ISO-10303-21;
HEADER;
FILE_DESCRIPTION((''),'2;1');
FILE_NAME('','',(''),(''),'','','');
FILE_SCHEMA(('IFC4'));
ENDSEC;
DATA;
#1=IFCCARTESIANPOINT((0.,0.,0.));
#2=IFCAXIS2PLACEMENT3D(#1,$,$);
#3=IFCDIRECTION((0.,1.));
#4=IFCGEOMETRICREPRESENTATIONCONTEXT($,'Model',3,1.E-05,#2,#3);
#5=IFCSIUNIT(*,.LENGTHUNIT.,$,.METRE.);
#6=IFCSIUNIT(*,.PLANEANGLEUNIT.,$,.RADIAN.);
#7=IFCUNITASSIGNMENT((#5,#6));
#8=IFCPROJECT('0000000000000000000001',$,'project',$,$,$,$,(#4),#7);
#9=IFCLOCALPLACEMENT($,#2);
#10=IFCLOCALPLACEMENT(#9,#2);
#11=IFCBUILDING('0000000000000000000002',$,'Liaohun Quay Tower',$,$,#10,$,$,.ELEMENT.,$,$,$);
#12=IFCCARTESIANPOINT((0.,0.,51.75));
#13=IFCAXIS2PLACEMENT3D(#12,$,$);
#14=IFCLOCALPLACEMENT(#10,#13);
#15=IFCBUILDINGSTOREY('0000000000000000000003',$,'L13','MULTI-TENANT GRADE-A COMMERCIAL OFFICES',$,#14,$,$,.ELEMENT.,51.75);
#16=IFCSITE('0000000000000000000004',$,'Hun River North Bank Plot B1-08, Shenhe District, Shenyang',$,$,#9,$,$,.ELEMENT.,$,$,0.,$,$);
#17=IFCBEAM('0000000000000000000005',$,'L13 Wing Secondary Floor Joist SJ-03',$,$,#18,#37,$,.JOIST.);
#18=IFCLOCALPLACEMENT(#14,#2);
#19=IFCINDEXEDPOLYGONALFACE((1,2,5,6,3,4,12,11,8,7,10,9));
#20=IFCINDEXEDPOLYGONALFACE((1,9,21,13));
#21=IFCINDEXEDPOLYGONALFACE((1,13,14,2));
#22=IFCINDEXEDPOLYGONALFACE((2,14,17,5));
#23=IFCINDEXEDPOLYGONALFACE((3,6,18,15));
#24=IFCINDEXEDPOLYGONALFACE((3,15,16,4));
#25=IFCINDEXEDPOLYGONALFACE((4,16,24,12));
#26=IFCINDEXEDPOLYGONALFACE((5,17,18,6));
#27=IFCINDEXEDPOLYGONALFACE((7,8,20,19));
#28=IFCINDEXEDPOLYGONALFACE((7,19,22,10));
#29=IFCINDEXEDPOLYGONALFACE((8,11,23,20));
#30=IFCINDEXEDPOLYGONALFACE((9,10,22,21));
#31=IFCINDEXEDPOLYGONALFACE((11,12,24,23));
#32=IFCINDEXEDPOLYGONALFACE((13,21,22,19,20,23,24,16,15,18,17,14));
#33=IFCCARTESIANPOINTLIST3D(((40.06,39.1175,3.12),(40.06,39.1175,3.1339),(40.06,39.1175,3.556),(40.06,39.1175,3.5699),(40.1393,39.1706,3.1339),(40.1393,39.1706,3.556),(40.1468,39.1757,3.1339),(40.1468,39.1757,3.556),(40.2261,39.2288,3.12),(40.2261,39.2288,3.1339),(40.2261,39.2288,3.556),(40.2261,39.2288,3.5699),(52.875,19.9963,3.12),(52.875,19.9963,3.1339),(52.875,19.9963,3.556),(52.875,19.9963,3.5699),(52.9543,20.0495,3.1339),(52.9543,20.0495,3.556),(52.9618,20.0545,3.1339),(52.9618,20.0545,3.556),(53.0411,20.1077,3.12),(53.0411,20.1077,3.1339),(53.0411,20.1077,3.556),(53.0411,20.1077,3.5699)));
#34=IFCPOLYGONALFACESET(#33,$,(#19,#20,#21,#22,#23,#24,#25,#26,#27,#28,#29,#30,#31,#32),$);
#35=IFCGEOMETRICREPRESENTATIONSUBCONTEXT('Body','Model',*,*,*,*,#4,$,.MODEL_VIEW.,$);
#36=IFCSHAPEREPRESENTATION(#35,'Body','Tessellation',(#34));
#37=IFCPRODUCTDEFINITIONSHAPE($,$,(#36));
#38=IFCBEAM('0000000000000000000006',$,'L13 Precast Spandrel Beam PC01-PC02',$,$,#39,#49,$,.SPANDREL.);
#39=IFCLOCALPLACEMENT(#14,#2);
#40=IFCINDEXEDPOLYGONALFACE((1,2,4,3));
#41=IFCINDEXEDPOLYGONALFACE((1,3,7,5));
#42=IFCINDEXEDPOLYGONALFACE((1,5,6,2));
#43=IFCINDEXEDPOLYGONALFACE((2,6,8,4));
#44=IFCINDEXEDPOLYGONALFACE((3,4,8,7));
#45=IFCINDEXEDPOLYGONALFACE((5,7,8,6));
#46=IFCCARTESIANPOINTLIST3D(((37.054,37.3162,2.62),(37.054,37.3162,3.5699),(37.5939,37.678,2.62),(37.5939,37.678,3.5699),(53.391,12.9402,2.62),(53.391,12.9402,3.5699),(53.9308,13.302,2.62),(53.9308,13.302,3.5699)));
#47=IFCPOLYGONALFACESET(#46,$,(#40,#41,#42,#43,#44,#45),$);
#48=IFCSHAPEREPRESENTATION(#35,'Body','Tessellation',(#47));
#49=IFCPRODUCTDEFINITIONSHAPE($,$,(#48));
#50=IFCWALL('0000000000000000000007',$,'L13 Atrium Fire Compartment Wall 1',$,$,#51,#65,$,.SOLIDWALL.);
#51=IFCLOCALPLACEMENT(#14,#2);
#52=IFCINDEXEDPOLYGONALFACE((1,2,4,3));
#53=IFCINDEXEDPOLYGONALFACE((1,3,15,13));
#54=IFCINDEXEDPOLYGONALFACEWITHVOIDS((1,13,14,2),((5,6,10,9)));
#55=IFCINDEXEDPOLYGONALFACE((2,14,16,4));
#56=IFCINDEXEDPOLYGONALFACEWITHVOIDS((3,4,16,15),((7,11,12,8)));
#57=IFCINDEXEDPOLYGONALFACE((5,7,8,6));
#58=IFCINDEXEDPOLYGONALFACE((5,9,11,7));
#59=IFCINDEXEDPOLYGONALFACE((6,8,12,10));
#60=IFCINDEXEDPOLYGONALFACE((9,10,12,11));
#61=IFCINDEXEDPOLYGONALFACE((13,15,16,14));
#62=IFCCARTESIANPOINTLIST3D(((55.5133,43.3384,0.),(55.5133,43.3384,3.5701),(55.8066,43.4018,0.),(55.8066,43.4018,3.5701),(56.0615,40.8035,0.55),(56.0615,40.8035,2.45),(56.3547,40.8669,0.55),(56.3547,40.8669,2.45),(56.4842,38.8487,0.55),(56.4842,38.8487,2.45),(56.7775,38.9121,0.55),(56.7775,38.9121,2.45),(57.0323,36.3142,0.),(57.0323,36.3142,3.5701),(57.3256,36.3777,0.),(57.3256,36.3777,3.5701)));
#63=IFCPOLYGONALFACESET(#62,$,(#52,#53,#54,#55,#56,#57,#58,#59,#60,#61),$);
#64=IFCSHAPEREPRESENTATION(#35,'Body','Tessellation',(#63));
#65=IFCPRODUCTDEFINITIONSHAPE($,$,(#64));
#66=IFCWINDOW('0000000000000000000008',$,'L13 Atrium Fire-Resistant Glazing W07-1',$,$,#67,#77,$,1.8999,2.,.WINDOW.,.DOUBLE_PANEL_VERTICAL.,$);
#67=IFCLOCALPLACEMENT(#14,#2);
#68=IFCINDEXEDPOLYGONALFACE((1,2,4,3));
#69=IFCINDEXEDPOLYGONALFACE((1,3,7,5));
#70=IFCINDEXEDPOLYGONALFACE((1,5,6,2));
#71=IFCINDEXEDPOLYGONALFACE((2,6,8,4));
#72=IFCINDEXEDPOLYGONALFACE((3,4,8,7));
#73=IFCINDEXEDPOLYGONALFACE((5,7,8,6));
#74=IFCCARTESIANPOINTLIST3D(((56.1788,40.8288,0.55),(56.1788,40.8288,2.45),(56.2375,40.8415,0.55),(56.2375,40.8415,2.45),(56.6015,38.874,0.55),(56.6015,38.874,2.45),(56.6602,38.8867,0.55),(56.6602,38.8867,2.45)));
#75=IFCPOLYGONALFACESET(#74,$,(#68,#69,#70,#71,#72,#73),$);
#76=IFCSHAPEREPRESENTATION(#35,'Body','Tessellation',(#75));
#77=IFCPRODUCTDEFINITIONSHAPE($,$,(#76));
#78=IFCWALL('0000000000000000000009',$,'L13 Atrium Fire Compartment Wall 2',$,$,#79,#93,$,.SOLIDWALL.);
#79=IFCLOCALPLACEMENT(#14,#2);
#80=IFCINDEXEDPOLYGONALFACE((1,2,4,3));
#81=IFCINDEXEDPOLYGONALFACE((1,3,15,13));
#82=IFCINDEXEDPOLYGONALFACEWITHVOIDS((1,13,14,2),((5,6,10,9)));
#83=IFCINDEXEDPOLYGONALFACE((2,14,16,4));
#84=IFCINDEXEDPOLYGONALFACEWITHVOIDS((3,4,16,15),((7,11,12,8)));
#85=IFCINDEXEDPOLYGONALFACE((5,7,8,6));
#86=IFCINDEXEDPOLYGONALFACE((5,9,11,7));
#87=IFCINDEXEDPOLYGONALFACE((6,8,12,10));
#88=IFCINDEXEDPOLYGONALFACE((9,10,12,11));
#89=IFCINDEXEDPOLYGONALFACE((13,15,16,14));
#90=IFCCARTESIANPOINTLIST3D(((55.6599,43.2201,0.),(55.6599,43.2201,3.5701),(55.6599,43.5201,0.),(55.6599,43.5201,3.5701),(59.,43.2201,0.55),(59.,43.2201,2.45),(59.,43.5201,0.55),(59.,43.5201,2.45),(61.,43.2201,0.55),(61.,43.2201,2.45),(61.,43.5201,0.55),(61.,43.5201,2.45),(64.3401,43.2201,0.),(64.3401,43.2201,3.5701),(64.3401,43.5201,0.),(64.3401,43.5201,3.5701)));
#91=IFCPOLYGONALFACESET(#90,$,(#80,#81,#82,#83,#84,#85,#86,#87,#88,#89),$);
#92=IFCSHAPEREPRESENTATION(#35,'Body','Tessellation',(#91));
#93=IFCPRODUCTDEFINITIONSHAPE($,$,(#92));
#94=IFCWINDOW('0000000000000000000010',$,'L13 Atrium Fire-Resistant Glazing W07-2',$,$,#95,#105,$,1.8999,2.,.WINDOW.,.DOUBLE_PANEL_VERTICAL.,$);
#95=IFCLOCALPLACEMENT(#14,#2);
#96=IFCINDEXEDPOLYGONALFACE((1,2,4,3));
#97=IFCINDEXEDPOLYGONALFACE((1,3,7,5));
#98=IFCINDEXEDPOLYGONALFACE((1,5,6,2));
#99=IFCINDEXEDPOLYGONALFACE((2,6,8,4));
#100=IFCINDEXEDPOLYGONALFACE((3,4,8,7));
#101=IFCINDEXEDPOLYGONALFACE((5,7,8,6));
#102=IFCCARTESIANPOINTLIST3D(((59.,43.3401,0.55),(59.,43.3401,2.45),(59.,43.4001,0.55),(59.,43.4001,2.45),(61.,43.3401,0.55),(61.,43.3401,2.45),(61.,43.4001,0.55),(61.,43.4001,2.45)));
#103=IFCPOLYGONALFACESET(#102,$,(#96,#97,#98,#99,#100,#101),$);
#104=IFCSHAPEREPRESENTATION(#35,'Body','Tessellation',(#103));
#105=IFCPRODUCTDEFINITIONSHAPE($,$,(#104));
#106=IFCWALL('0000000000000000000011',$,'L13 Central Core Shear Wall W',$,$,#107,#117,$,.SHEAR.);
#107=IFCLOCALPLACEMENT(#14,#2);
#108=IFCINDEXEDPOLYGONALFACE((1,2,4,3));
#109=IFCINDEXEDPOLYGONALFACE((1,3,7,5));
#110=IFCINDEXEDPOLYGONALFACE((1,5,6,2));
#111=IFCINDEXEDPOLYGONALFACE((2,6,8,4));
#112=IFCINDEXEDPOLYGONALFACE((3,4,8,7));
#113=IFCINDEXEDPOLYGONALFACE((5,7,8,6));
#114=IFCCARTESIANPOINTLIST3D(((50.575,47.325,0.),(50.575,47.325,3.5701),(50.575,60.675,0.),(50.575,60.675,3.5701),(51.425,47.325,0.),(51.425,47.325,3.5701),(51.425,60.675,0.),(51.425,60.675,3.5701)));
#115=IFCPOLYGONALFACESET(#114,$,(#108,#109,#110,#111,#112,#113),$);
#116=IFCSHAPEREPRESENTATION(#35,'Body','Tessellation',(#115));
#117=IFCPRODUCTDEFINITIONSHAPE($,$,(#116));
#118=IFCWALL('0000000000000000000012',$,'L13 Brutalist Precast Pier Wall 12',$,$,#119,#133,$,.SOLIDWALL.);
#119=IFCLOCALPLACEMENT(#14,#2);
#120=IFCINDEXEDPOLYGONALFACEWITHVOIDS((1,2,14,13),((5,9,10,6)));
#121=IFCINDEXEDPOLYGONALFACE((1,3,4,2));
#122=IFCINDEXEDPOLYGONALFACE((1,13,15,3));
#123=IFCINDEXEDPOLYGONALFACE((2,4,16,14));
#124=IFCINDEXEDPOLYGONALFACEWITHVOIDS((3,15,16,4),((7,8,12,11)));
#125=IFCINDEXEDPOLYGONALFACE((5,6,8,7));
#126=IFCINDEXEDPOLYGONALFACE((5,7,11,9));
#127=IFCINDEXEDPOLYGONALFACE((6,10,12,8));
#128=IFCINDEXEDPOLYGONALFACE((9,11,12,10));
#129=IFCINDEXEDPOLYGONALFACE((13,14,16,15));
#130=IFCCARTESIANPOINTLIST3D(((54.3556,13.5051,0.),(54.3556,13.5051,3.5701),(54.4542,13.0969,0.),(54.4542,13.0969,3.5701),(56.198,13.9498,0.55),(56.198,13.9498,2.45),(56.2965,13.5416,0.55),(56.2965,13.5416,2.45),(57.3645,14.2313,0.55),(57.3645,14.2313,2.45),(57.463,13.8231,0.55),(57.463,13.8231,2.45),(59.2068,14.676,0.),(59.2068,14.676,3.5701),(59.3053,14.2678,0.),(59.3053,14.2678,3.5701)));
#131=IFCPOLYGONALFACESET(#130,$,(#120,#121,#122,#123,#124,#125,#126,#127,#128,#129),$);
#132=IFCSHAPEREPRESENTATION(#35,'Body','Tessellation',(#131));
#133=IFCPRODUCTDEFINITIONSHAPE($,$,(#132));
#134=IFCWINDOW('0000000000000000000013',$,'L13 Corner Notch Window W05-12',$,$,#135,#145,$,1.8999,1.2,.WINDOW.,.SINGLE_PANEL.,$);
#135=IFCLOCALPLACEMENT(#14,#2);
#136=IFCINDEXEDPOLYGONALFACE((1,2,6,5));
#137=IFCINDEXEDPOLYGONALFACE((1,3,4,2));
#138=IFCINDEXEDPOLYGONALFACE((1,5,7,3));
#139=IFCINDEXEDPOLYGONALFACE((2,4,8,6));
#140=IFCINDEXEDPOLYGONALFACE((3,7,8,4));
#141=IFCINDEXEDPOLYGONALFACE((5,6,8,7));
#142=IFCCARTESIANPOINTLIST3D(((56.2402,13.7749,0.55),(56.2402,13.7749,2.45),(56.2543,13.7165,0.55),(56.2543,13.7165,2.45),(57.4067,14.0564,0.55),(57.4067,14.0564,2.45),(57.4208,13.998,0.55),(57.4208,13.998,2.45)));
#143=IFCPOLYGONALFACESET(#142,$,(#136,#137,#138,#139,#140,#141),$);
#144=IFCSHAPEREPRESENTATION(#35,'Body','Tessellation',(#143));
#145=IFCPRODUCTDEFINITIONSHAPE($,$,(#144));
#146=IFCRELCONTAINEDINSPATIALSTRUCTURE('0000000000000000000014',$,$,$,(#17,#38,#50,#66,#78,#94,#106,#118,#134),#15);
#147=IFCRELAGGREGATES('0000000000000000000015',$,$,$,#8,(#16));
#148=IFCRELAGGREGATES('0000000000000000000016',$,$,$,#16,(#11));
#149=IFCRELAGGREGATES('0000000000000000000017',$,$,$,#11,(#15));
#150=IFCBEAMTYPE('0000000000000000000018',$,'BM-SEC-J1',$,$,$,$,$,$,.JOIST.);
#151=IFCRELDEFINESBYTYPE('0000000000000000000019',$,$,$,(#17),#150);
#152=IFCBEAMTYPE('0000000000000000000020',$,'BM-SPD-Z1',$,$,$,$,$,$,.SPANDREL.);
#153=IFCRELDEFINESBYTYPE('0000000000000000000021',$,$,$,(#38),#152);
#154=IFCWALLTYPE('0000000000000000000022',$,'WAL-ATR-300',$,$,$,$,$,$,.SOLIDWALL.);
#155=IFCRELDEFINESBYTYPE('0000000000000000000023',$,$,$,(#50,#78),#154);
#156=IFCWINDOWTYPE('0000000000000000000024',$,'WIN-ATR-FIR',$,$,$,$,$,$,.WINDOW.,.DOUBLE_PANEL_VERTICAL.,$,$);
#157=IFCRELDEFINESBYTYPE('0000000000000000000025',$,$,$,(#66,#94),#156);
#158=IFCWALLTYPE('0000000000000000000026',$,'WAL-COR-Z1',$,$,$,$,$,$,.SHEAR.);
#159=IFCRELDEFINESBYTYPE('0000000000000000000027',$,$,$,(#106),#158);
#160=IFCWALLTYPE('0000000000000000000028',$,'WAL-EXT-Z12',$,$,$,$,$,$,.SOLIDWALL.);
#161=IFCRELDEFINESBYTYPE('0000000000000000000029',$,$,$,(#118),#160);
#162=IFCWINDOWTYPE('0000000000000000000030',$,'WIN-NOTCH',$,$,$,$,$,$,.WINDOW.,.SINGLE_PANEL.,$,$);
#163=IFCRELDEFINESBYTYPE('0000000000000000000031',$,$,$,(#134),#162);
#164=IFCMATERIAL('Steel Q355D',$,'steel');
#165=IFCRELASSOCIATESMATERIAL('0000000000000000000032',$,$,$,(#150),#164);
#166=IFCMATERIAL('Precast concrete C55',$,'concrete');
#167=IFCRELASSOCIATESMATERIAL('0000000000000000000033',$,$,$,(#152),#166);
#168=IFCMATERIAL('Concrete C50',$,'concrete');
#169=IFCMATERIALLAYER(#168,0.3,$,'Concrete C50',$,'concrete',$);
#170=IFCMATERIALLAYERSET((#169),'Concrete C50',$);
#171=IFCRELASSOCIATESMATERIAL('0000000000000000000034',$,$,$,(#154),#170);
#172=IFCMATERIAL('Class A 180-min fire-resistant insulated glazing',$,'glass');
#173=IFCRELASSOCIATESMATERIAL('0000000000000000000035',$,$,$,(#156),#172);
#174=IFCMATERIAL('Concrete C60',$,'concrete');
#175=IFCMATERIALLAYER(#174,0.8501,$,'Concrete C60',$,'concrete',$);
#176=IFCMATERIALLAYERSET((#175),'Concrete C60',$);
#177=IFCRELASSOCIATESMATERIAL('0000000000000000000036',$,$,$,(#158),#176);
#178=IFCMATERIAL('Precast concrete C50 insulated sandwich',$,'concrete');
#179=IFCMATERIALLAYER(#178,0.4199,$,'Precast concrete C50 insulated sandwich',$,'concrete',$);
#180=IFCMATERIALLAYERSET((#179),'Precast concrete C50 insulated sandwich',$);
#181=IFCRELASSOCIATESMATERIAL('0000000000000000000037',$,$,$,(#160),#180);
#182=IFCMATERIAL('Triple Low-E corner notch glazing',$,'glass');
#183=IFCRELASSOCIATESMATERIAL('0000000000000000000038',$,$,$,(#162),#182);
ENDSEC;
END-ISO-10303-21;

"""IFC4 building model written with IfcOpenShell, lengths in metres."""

from ifc_helpers import new_model, si_unit, direction, frame, frame_2d, origin, origin_2d, place, context, subcontext, project, spatial, rectangle, i_section, extrude, source, transform, mapped, material, layer, layer_set, material_profile, profile_set, type_object, element, fill, save


model = new_model("IFC4")

# Units and contexts
model_context = context("Model", 3, precision=1e-05, world=origin(), true_north=direction((0.0, 1.0)))
body_context = subcontext(model_context, "Body", "Model", "MODEL_VIEW")
ifc_project = project(units=[si_unit("LENGTHUNIT", "METRE"), si_unit("PLANEANGLEUNIT", "RADIAN")], contexts=[model_context])

# Site, building, storey
site_placement = place(None, origin())
site = spatial("IfcSite", under=ifc_project, at=site_placement, Name="Hun River North Bank Plot B1-08, Shenhe District, Shenyang", CompositionType="ELEMENT", RefElevation=0.0)
building_placement = place(site_placement, origin())
building = spatial("IfcBuilding", under=site, at=building_placement, Name="Liaohun Quay Tower", CompositionType="ELEMENT")
storey_placement = place(building_placement, frame((0.0, 0.0, 51.75)))
storey = spatial("IfcBuildingStorey", under=building, at=storey_placement, Name="L13", Description="MULTI-TENANT GRADE-A COMMERCIAL OFFICES", CompositionType="ELEMENT", Elevation=51.75)

# Shared definitions
ifc_material_1 = material(Name="Concrete C60", Category="concrete")

# Beams
ifc_material_2 = material(Name="Steel Q355D", Category="steel")
ifc_material_profile_1 = material_profile(ifc_material_2, i_section(OverallWidth=0.2, OverallDepth=0.45, WebThickness=0.009, FlangeThickness=0.0139, at=origin_2d()), Name="HN450x200x9x14")
ifc_profile_set_1 = profile_set([ifc_material_profile_1], Name="Steel Q355D")
beam_type_1 = type_object("IfcBeamType", Name="BM-SEC-J1", PredefinedType="JOIST", material=ifc_profile_set_1)
shared_shape_1 = source(origin(), body_context, "Body", "SweptSolid", [
    extrude(i_section(OverallWidth=0.2, OverallDepth=0.45, WebThickness=0.009, FlangeThickness=0.0139, at=origin_2d()), origin(), (0.0, 0.0, 1.0), 23.0183),
])
beam_1_placement = place(storey_placement, frame((52.958, 20.052, 3.345), z_axis=(-0.55673, 0.830693, 0.0), x_axis=(-0.830693, -0.55673, 0.0)))
element("IfcBeam", 1, at=beam_1_placement, inside=storey, type_object=beam_type_1, Name="L13 Wing Secondary Floor Joist SJ-03", PredefinedType="JOIST", context=body_context, shape_type="MappedRepresentation", body=[
    mapped(shared_shape_1, transform((0.0, 0.0, 0.0), x_axis=(1.0, 0.0, 0.0), y_axis=(0.0, 1.0, 0.0), z_axis=(0.0, 0.0, 1.0), scale=1.0)),
])
ifc_material_3 = material(Name="Precast concrete C55", Category="concrete")
ifc_material_profile_2 = material_profile(ifc_material_3, rectangle(XDim=0.6499, YDim=0.95, at=origin_2d()), Name="RC650x950")
ifc_profile_set_2 = profile_set([ifc_material_profile_2], Name="Precast concrete C55")
beam_type_2 = type_object("IfcBeamType", Name="BM-SPD-Z1", PredefinedType="SPANDREL", material=ifc_profile_set_2)
shared_shape_2 = source(origin(), body_context, "Body", "SweptSolid", [
    extrude(rectangle(XDim=0.6499, YDim=0.95, at=origin_2d()), origin(), (0.0, 0.0, 1.0), 29.3442),
])
beam_2_placement = place(storey_placement, frame((53.6609, 13.1211, 3.095), z_axis=(-0.556734, 0.830691, 0.0), x_axis=(-0.830691, -0.556734, 0.0)))
element("IfcBeam", 2, at=beam_2_placement, inside=storey, type_object=beam_type_2, Name="L13 Precast Spandrel Beam PC01-PC02", PredefinedType="SPANDREL", context=body_context, shape_type="MappedRepresentation", body=[
    mapped(shared_shape_2, transform((0.0, 0.0, 0.0), x_axis=(1.0, 0.0, 0.0), y_axis=(0.0, 1.0, 0.0), z_axis=(0.0, 0.0, 1.0), scale=1.0)),
])

# Walls, openings, windows
ifc_material_4 = material(Name="Concrete C50", Category="concrete")
ifc_layer_1 = layer(ifc_material_4, 0.3, Name="Concrete C50", Category="concrete")
ifc_layer_set_1 = layer_set([ifc_layer_1], Name="Concrete C50")
wall_type_1 = type_object("IfcWallType", Name="WAL-ATR-300", PredefinedType="SOLIDWALL", material=ifc_layer_set_1)
wall_1_placement = place(storey_placement, frame((57.179, 36.3459, 0.0), z_axis=(0.0, 0.0, 1.0), x_axis=(-0.211373, 0.977405, 0.0)))
wall_1 = element("IfcWall", 3, at=wall_1_placement, inside=storey, type_object=wall_type_1, Name="L13 Atrium Fire Compartment Wall 1", PredefinedType="SOLIDWALL", context=body_context, shape_type="SweptSolid", body=[
    extrude(rectangle(XDim=7.1865, YDim=0.3, at=frame_2d((3.5933, 0.0))), origin(), (0.0, 0.0, 1.0), 3.5701),
])
shared_shape_3 = source(origin(), body_context, "Body", "SweptSolid", [
    extrude(rectangle(XDim=2.0, YDim=1.8999, at=frame_2d((1.0, 0.95))), frame((0.0, 0.1599, 0.0), z_axis=(0.0, -1.0, 0.0), x_axis=(1.0, 0.0, 0.0)), (0.0, 0.0, 1.0), 0.3201),
])
opening_1_placement = place(wall_1_placement, frame((2.593, 0.0, 0.55)))
opening_1 = element("IfcOpeningElement", 4, at=opening_1_placement, cuts=wall_1, PredefinedType="OPENING", context=body_context, shape_type="MappedRepresentation", body=[
    mapped(shared_shape_3, transform((0.0, 0.0, 0.0), x_axis=(1.0, 0.0, 0.0), y_axis=(0.0, 1.0, 0.0), z_axis=(0.0, 0.0, 1.0), scale=1.0)),
])
ifc_material_5 = material(Name="Class A 180-min fire-resistant insulated glazing", Category="glass")
window_type_1 = type_object("IfcWindowType", Name="WIN-ATR-FIR", PartitioningType="DOUBLE_PANEL_VERTICAL", PredefinedType="WINDOW", material=ifc_material_5)
shared_shape_4 = source(origin(), body_context, "Body", "SweptSolid", [
    extrude(rectangle(XDim=2.0, YDim=1.8999, at=frame_2d((1.0, 0.95))), frame((0.0, 0.03, 0.0), z_axis=(0.0, -1.0, 0.0), x_axis=(1.0, 0.0, 0.0)), (0.0, 0.0, 1.0), 0.0601),
])
window_1_placement = place(opening_1_placement, origin())
window_1 = element("IfcWindow", 5, at=window_1_placement, inside=storey, type_object=window_type_1, Name="L13 Atrium Fire-Resistant Glazing W07-1", OverallHeight=1.8999, OverallWidth=2.0, PartitioningType="DOUBLE_PANEL_VERTICAL", PredefinedType="WINDOW", context=body_context, shape_type="MappedRepresentation", body=[
    mapped(shared_shape_4, transform((0.0, 0.0, 0.0), x_axis=(1.0, 0.0, 0.0), y_axis=(0.0, 1.0, 0.0), z_axis=(0.0, 0.0, 1.0), scale=1.0)),
])
fill(opening_1, window_1)
wall_2_placement = place(storey_placement, frame((55.6599, 43.3701, 0.0), z_axis=(0.0, 0.0, 1.0), x_axis=(1.0, 0.0, 0.0)))
wall_2 = element("IfcWall", 6, at=wall_2_placement, inside=storey, type_object=wall_type_1, Name="L13 Atrium Fire Compartment Wall 2", PredefinedType="SOLIDWALL", context=body_context, shape_type="SweptSolid", body=[
    extrude(rectangle(XDim=8.6802, YDim=0.3, at=frame_2d((4.3401, 0.0))), origin(), (0.0, 0.0, 1.0), 3.5701),
])
opening_2_placement = place(wall_2_placement, frame((3.3401, 0.0, 0.55)))
opening_2 = element("IfcOpeningElement", 7, at=opening_2_placement, cuts=wall_2, PredefinedType="OPENING", context=body_context, shape_type="MappedRepresentation", body=[
    mapped(shared_shape_3, transform((0.0, 0.0, 0.0), x_axis=(1.0, 0.0, 0.0), y_axis=(0.0, 1.0, 0.0), z_axis=(0.0, 0.0, 1.0), scale=1.0)),
])
window_2_placement = place(opening_2_placement, origin())
window_2 = element("IfcWindow", 8, at=window_2_placement, inside=storey, type_object=window_type_1, Name="L13 Atrium Fire-Resistant Glazing W07-2", OverallHeight=1.8999, OverallWidth=2.0, PartitioningType="DOUBLE_PANEL_VERTICAL", PredefinedType="WINDOW", context=body_context, shape_type="MappedRepresentation", body=[
    mapped(shared_shape_4, transform((0.0, 0.0, 0.0), x_axis=(1.0, 0.0, 0.0), y_axis=(0.0, 1.0, 0.0), z_axis=(0.0, 0.0, 1.0), scale=1.0)),
])
fill(opening_2, window_2)

# Wall
ifc_layer_2 = layer(ifc_material_1, 0.8501, Name="Concrete C60", Category="concrete")
ifc_layer_set_2 = layer_set([ifc_layer_2], Name="Concrete C60")
wall_type_2 = type_object("IfcWallType", Name="WAL-COR-Z1", PredefinedType="SHEAR", material=ifc_layer_set_2)
wall_3_placement = place(storey_placement, frame((51.0, 47.325, 0.0), z_axis=(0.0, 0.0, 1.0), x_axis=(0.0, 1.0, 0.0)))
element("IfcWall", 9, at=wall_3_placement, inside=storey, type_object=wall_type_2, Name="L13 Central Core Shear Wall W", PredefinedType="SHEAR", context=body_context, shape_type="SweptSolid", body=[
    extrude(rectangle(XDim=13.3501, YDim=0.8501, at=frame_2d((6.675, 0.0))), origin(), (0.0, 0.0, 1.0), 3.5701),
])

# Wall, opening, window
ifc_material_6 = material(Name="Precast concrete C50 insulated sandwich", Category="concrete")
ifc_layer_3 = layer(ifc_material_6, 0.4199, Name="Precast concrete C50 insulated sandwich", Category="concrete")
ifc_layer_set_3 = layer_set([ifc_layer_3], Name="Precast concrete C50 insulated sandwich")
wall_type_3 = type_object("IfcWallType", Name="WAL-EXT-Z12", PredefinedType="SOLIDWALL", material=ifc_layer_set_3)
wall_4_placement = place(storey_placement, frame((54.405, 13.301, 0.0), z_axis=(0.0, 0.0, 1.0), x_axis=(0.972085, 0.234631, 0.0)))
wall_4 = element("IfcWall", 10, at=wall_4_placement, inside=storey, type_object=wall_type_3, Name="L13 Brutalist Precast Pier Wall 12", PredefinedType="SOLIDWALL", context=body_context, shape_type="SweptSolid", body=[
    extrude(rectangle(XDim=4.9905, YDim=0.4199, at=frame_2d((2.4951, 0.0))), origin(), (0.0, 0.0, 1.0), 3.5701),
])
shared_shape_5 = source(origin(), body_context, "Body", "SweptSolid", [
    extrude(rectangle(XDim=1.2, YDim=1.8999, at=frame_2d((0.6001, 0.95))), frame((0.0, 0.22, 0.0), z_axis=(0.0, -1.0, 0.0), x_axis=(1.0, 0.0, 0.0)), (0.0, 0.0, 1.0), 0.4399),
])
opening_3_placement = place(wall_4_placement, frame((1.895, 0.0, 0.55)))
opening_3 = element("IfcOpeningElement", 11, at=opening_3_placement, cuts=wall_4, PredefinedType="OPENING", context=body_context, shape_type="MappedRepresentation", body=[
    mapped(shared_shape_5, transform((0.0, 0.0, 0.0), x_axis=(1.0, 0.0, 0.0), y_axis=(0.0, 1.0, 0.0), z_axis=(0.0, 0.0, 1.0), scale=1.0)),
])
ifc_material_7 = material(Name="Triple Low-E corner notch glazing", Category="glass")
window_type_2 = type_object("IfcWindowType", Name="WIN-NOTCH", PartitioningType="SINGLE_PANEL", PredefinedType="WINDOW", material=ifc_material_7)
shared_shape_6 = source(origin(), body_context, "Body", "SweptSolid", [
    extrude(rectangle(XDim=1.2, YDim=1.8999, at=frame_2d((0.6001, 0.95))), frame((0.0, 0.03, 0.0), z_axis=(0.0, -1.0, 0.0), x_axis=(1.0, 0.0, 0.0)), (0.0, 0.0, 1.0), 0.0601),
])
window_3_placement = place(opening_3_placement, origin())
window_3 = element("IfcWindow", 12, at=window_3_placement, inside=storey, type_object=window_type_2, Name="L13 Corner Notch Window W05-12", OverallHeight=1.8999, OverallWidth=1.2, PartitioningType="SINGLE_PANEL", PredefinedType="WINDOW", context=body_context, shape_type="MappedRepresentation", body=[
    mapped(shared_shape_6, transform((0.0, 0.0, 0.0), x_axis=(1.0, 0.0, 0.0), y_axis=(0.0, 1.0, 0.0), z_axis=(0.0, 0.0, 1.0), scale=1.0)),
])
fill(opening_3, window_3)

save(model, "model.ifc")
